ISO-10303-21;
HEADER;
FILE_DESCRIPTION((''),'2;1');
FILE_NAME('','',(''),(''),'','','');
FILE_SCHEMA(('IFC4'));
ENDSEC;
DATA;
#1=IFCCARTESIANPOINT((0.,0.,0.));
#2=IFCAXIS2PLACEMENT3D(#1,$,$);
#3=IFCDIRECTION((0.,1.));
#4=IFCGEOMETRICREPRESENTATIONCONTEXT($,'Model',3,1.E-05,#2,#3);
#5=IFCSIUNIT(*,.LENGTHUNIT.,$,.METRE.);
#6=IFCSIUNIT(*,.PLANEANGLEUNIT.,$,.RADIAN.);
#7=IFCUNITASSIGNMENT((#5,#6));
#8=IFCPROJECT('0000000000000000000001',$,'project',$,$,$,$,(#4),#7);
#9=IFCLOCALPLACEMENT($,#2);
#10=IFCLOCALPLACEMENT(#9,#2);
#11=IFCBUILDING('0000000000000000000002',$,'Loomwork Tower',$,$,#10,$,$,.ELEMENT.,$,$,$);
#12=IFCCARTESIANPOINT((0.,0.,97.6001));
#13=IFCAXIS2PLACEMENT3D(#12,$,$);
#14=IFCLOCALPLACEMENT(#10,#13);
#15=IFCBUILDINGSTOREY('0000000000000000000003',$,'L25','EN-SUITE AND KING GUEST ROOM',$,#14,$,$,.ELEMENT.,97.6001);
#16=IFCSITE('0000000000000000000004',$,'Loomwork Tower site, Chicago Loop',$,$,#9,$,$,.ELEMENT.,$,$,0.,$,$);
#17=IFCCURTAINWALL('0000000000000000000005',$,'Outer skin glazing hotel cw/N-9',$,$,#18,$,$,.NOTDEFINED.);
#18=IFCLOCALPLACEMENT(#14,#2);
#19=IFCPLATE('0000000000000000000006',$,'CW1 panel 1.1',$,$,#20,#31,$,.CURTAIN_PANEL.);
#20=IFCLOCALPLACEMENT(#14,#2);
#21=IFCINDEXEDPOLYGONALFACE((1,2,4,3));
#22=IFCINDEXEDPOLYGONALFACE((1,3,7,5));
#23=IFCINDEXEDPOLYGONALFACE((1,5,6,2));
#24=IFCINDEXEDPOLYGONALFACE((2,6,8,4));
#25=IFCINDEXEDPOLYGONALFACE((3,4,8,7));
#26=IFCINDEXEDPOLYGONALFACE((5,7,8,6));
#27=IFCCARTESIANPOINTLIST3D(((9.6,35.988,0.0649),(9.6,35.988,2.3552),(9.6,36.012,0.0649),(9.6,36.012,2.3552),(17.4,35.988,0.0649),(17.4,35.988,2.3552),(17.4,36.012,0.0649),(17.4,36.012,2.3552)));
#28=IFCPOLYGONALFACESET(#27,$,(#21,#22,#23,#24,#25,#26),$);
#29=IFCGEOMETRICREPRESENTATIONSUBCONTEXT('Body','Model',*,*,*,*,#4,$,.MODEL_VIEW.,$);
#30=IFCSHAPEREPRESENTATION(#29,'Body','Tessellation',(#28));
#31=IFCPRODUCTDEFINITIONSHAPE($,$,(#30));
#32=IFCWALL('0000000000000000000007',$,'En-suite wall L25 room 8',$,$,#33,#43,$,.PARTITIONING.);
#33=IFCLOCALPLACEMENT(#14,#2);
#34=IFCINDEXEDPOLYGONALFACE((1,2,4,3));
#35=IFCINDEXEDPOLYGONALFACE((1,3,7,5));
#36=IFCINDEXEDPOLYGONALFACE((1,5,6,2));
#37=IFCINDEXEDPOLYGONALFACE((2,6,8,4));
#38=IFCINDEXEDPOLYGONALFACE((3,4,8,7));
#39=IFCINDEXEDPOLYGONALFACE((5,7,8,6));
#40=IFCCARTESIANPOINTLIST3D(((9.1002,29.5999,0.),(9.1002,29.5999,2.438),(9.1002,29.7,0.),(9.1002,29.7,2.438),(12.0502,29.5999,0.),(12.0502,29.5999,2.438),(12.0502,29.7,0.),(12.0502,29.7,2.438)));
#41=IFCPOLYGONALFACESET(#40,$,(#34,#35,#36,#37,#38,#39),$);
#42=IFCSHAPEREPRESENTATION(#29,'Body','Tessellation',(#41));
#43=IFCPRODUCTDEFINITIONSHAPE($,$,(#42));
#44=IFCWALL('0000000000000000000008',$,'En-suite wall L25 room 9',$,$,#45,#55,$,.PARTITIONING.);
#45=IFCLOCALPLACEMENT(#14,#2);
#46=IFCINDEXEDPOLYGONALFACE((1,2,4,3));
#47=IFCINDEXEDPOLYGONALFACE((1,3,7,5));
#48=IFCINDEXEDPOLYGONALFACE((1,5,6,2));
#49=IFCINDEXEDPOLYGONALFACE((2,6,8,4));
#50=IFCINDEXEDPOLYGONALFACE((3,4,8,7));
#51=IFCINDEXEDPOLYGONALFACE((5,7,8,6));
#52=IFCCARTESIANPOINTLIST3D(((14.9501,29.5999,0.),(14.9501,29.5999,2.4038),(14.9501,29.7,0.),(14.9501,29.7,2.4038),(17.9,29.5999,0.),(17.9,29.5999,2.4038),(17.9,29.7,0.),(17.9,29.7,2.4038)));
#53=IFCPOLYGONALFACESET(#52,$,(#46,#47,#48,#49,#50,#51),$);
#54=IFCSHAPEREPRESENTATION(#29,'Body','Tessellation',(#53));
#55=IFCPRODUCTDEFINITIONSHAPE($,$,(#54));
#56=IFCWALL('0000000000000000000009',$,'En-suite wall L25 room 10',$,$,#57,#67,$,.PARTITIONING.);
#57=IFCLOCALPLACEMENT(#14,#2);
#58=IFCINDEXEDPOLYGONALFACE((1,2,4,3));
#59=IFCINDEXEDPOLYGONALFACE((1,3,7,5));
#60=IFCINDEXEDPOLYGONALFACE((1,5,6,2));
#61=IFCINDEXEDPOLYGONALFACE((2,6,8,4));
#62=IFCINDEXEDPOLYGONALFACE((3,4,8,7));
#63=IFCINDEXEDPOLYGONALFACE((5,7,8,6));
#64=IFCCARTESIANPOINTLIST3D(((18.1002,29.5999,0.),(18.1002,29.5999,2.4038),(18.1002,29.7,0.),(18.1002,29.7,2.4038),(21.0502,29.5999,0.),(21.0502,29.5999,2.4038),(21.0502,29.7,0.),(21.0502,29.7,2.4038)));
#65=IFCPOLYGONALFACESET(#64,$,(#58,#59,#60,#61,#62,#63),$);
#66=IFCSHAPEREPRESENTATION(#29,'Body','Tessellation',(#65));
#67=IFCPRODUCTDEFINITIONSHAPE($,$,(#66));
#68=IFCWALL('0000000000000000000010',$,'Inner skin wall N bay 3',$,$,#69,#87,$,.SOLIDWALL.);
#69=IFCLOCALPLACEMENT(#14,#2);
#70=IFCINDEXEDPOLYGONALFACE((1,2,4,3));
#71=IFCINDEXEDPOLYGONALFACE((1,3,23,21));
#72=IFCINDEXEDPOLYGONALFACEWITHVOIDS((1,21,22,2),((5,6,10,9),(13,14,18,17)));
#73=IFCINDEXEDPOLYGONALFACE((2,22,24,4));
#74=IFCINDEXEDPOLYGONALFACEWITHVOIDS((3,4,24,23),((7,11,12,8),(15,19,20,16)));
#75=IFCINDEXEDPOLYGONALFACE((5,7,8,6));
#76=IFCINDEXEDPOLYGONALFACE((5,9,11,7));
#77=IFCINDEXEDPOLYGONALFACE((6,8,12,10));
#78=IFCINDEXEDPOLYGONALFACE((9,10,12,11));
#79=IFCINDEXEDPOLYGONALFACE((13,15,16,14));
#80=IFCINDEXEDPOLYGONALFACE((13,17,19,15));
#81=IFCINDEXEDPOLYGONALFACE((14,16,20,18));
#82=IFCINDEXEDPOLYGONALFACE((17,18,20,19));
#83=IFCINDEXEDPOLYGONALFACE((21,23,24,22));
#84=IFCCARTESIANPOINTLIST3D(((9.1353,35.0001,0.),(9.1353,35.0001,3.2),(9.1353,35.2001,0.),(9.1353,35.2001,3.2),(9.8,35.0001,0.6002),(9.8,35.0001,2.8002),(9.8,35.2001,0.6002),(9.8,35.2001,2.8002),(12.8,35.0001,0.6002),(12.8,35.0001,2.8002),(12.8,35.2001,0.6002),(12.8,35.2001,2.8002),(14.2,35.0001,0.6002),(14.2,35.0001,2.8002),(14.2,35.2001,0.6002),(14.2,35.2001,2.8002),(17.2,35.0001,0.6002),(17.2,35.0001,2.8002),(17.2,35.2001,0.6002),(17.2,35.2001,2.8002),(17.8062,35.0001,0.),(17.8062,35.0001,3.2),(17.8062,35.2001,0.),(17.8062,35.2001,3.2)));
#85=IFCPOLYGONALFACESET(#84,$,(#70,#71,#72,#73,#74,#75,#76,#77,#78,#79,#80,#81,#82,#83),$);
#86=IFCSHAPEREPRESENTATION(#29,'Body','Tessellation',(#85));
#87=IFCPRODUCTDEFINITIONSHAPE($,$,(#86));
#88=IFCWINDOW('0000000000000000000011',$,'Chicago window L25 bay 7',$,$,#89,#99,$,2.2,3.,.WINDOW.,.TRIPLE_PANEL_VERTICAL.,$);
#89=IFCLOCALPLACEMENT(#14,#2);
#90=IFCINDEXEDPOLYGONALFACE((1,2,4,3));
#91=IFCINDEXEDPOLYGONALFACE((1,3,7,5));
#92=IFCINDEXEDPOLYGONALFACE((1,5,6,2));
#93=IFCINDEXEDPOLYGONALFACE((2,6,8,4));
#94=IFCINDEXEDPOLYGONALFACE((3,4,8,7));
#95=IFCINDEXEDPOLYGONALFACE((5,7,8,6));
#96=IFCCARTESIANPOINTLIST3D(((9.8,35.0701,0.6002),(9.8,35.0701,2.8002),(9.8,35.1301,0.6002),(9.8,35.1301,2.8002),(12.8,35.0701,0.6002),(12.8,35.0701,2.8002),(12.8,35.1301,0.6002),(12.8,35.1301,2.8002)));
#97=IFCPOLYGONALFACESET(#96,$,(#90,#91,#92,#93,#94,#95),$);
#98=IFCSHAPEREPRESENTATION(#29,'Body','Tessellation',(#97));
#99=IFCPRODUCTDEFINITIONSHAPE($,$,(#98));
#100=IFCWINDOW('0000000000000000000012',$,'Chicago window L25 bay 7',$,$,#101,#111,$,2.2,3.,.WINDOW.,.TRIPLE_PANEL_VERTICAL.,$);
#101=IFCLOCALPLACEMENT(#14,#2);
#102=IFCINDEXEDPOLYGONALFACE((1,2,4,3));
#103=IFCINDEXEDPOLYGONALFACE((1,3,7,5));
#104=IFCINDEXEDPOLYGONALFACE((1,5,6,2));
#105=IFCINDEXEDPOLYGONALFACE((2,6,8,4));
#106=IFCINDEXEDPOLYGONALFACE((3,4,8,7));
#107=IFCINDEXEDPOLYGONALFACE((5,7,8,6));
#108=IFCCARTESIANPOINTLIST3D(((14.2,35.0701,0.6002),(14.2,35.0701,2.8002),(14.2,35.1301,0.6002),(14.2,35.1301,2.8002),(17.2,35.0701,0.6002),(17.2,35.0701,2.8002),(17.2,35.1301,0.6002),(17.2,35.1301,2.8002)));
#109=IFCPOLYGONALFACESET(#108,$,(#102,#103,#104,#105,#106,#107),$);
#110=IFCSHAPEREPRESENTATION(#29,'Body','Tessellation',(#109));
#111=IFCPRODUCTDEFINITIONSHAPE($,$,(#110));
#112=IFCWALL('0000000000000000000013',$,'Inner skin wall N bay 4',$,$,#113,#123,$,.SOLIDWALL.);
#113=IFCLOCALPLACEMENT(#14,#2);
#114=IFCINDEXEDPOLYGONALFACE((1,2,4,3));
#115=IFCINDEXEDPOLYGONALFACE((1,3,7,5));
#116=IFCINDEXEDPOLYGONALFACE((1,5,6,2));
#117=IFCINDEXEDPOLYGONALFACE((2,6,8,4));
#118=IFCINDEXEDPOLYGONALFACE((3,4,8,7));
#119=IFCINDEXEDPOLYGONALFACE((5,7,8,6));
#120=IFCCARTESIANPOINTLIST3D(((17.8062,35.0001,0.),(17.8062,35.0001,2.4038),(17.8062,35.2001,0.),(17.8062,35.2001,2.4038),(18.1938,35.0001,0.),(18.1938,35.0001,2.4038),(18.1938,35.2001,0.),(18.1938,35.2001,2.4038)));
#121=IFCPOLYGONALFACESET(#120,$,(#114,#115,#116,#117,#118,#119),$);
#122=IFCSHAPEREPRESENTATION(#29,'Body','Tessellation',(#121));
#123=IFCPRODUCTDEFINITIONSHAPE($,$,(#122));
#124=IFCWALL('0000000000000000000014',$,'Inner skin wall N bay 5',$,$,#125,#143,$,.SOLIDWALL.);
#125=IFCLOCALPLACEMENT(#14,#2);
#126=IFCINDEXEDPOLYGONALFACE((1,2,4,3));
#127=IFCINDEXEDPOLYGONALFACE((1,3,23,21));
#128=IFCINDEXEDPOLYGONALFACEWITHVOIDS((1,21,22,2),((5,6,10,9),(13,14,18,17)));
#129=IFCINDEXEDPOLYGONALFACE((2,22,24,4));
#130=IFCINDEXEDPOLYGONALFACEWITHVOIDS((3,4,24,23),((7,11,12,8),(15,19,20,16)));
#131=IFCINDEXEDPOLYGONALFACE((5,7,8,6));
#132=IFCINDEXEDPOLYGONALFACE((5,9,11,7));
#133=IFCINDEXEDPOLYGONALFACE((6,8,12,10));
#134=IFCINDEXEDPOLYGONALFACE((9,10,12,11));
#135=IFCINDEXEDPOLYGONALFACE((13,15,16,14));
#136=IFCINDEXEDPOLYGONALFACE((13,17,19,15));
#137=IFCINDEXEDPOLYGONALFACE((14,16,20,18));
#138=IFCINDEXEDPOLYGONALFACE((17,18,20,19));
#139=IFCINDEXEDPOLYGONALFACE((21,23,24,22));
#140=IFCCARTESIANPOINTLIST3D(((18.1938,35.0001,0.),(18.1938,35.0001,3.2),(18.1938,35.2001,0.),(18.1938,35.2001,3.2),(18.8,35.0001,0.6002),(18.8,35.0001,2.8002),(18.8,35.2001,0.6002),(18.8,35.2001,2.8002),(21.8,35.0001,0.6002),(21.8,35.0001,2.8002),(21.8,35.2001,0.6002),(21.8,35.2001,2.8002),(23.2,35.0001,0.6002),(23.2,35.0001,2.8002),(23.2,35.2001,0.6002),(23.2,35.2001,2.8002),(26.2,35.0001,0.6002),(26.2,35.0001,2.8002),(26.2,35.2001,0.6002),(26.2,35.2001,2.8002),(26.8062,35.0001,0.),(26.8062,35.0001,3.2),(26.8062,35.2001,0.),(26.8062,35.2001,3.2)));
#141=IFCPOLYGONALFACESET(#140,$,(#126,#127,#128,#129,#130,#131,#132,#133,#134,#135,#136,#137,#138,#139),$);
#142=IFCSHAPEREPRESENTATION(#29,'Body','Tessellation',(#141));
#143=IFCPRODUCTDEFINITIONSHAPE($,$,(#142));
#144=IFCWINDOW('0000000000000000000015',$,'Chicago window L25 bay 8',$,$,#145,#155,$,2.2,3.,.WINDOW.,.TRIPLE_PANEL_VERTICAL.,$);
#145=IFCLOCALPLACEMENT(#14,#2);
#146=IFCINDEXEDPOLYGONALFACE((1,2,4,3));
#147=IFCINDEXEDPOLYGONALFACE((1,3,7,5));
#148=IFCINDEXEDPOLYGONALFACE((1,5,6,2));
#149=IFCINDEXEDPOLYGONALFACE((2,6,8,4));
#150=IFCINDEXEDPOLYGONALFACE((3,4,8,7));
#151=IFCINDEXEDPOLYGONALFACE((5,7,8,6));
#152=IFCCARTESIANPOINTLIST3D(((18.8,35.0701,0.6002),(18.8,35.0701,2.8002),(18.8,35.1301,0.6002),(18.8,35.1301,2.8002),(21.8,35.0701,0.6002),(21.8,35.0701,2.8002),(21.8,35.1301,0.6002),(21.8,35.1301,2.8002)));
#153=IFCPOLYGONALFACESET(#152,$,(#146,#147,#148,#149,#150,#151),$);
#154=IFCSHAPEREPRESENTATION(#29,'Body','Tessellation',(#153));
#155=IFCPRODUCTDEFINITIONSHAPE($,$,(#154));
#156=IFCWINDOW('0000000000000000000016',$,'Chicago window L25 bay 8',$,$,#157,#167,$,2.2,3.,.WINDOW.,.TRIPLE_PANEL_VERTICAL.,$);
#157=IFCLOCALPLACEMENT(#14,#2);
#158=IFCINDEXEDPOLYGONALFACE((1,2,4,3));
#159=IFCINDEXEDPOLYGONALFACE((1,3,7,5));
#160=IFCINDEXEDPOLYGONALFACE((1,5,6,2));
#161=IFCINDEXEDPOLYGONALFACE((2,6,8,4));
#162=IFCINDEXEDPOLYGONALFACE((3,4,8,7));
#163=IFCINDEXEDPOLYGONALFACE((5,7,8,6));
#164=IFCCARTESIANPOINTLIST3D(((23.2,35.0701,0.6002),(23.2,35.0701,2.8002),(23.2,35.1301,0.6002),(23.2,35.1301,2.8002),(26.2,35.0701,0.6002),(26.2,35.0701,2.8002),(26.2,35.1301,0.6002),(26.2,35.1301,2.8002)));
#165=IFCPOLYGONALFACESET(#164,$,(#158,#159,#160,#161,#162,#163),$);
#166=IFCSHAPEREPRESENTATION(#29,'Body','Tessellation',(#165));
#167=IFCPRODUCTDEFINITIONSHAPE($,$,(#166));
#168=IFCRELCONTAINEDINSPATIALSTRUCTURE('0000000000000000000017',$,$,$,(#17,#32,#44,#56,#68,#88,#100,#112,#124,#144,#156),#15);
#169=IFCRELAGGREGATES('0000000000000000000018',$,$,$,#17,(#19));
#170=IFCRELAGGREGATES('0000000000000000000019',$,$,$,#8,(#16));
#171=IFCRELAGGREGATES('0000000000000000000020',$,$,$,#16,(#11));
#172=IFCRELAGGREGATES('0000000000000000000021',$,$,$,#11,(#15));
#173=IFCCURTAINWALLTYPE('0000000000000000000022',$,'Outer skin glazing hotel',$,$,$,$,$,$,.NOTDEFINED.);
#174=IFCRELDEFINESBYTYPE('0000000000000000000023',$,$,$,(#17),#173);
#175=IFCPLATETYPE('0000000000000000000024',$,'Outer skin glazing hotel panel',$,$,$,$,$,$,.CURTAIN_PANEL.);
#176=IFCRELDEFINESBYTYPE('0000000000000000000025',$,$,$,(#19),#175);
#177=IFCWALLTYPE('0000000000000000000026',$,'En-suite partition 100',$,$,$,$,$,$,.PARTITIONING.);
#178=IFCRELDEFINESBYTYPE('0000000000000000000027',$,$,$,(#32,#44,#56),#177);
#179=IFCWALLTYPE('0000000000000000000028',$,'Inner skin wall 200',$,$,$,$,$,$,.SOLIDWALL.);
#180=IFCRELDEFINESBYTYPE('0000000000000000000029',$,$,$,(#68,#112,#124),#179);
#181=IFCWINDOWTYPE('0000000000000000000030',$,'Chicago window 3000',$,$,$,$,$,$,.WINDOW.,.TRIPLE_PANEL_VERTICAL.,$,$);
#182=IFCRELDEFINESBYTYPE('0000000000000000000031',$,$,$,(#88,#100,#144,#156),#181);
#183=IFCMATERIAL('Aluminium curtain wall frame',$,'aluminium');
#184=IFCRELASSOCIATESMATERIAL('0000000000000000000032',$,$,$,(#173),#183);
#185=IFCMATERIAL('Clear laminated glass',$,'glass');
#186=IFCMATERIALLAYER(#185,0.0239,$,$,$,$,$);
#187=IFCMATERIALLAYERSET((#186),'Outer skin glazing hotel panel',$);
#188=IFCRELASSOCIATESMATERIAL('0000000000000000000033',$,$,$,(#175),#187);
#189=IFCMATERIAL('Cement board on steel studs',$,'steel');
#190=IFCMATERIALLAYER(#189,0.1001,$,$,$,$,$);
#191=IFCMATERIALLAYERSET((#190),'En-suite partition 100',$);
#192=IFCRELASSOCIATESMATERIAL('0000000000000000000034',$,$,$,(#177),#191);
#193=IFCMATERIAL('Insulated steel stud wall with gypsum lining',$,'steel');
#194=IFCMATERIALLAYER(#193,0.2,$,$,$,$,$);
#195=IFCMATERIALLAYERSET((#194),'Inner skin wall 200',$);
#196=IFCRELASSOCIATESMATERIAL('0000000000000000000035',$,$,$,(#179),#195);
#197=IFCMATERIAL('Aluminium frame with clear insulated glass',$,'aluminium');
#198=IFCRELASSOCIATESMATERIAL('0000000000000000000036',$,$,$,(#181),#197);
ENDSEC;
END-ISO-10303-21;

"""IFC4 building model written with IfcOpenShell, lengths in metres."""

from ifc_helpers import new_model, si_unit, direction, frame, frame_2d, origin, origin_2d, place, context, subcontext, project, spatial, rectangle, extrude, material, layer, layer_set, type_object, element, fill, aggregate, save


model = new_model("IFC4")

# Units and contexts
model_context = context("Model", 3, precision=1e-05, world=origin(), true_north=direction((0.0, 1.0)))
body_context = subcontext(model_context, "Body", "Model", "MODEL_VIEW")
ifc_project = project(units=[si_unit("LENGTHUNIT", "METRE"), si_unit("PLANEANGLEUNIT", "RADIAN")], contexts=[model_context])

# Site, building, storey
site_placement = place(None, origin())
site = spatial("IfcSite", under=ifc_project, at=site_placement, Name="Loomwork Tower site, Chicago Loop", CompositionType="ELEMENT", RefElevation=0.0)
building_placement = place(site_placement, origin())
building = spatial("IfcBuilding", under=site, at=building_placement, Name="Loomwork Tower", CompositionType="ELEMENT")
storey_placement = place(building_placement, frame((0.0, 0.0, 97.6001)))
storey = spatial("IfcBuildingStorey", under=building, at=storey_placement, Name="L25", Description="EN-SUITE AND KING GUEST ROOM", CompositionType="ELEMENT", Elevation=97.6001)

# Curtain wall
ifc_material_1 = material(Name="Aluminium curtain wall frame", Category="aluminium")
curtain_wall_type = type_object("IfcCurtainWallType", Name="Outer skin glazing hotel", PredefinedType="NOTDEFINED", material=ifc_material_1)
curtain_wall_1_placement = place(storey_placement, origin())
curtain_wall_1 = element("IfcCurtainWall", 1, at=curtain_wall_1_placement, inside=storey, type_object=curtain_wall_type, Name="Outer skin glazing hotel cw/N-9", PredefinedType="NOTDEFINED")

# Plate
ifc_material_2 = material(Name="Clear laminated glass", Category="glass")
ifc_layer_1 = layer(ifc_material_2, 0.0239)
ifc_layer_set_1 = layer_set([ifc_layer_1], Name="Outer skin glazing hotel panel")
plate_type = type_object("IfcPlateType", Name="Outer skin glazing hotel panel", PredefinedType="CURTAIN_PANEL", material=ifc_layer_set_1)
plate_placement = place(storey_placement, frame((13.5, 36.0, 0.0649), z_axis=(0.0, 0.0, 1.0), x_axis=(-1.0, 0.0, 0.0)))
plate = element("IfcPlate", 2, at=plate_placement, type_object=plate_type, Name="CW1 panel 1.1", PredefinedType="CURTAIN_PANEL", context=body_context, shape_type="SweptSolid", body=[
    extrude(rectangle(XDim=7.8, YDim=0.0239, at=origin_2d()), origin(), (0.0, 0.0, 1.0), 2.2903),
])
aggregate(curtain_wall_1, [plate])

# Walls
ifc_material_3 = material(Name="Cement board on steel studs", Category="steel")
ifc_layer_2 = layer(ifc_material_3, 0.1001)
ifc_layer_set_2 = layer_set([ifc_layer_2], Name="En-suite partition 100")
wall_type_1 = type_object("IfcWallType", Name="En-suite partition 100", PredefinedType="PARTITIONING", material=ifc_layer_set_2)
wall_1_placement = place(storey_placement, frame((9.1001, 29.6499, 0.0), z_axis=(0.0, 0.0, 1.0), x_axis=(1.0, 0.0, 0.0)))
element("IfcWall", 3, at=wall_1_placement, inside=storey, type_object=wall_type_1, Name="En-suite wall L25 room 8", PredefinedType="PARTITIONING", context=body_context, shape_type="SweptSolid", body=[
    extrude(rectangle(XDim=2.95, YDim=0.1001, at=frame_2d((1.4751, 0.0))), origin(), (0.0, 0.0, 1.0), 2.438),
])
for number, where, z_axis, x_axis, name in (
    (4, (14.95, 29.6499, 0.0), (0.0, 0.0, 1.0), (1.0, 0.0, 0.0), "En-suite wall L25 room 9"),
    (5, (18.1001, 29.6499, 0.0), (0.0, 0.0, 1.0), (1.0, 0.0, 0.0), "En-suite wall L25 room 10"),
):
    element("IfcWall", number, at=place(storey_placement, frame(where, z_axis=z_axis, x_axis=x_axis)), inside=storey, type_object=wall_type_1, Name=name, PredefinedType="PARTITIONING", context=body_context, shape_type="SweptSolid", body=[
        extrude(rectangle(XDim=2.95, YDim=0.1001, at=frame_2d((1.4751, 0.0))), origin(), (0.0, 0.0, 1.0), 2.4038),
    ])

# Wall, openings, windows
ifc_material_4 = material(Name="Insulated steel stud wall with gypsum lining", Category="steel")
ifc_layer_3 = layer(ifc_material_4, 0.2)
ifc_layer_set_3 = layer_set([ifc_layer_3], Name="Inner skin wall 200")
wall_type_2 = type_object("IfcWallType", Name="Inner skin wall 200", PredefinedType="SOLIDWALL", material=ifc_layer_set_3)
wall_2_placement = place(storey_placement, frame((9.1353, 35.1001, 0.0), z_axis=(0.0, 0.0, 1.0), x_axis=(1.0, 0.0, 0.0)))
wall_2 = element("IfcWall", 6, at=wall_2_placement, inside=storey, type_object=wall_type_2, Name="Inner skin wall N bay 3", PredefinedType="SOLIDWALL", context=body_context, shape_type="SweptSolid", body=[
    extrude(rectangle(XDim=8.6709, YDim=0.2, at=frame_2d((4.3354, 0.0))), origin(), (0.0, 0.0, 1.0), 3.2),
])
opening_1_placement = place(wall_2_placement, frame((0.6648, 0.0, 0.6001)))
opening_1 = element("IfcOpeningElement", 7, at=opening_1_placement, cuts=wall_2, PredefinedType="OPENING", context=body_context, shape_type="SweptSolid", body=[
    extrude(rectangle(XDim=3.0, YDim=2.2, at=frame_2d((1.5, 1.1001))), frame((0.0, 0.1099, 0.0), z_axis=(0.0, -1.0, 0.0), x_axis=(1.0, 0.0, 0.0)), (0.0, 0.0, 1.0), 0.22),
])
opening_2_placement = place(wall_2_placement, frame((5.0647, 0.0, 0.6001)))
opening_2 = element("IfcOpeningElement", 8, at=opening_2_placement, cuts=wall_2, PredefinedType="OPENING", context=body_context, shape_type="SweptSolid", body=[
    extrude(rectangle(XDim=3.0, YDim=2.2, at=frame_2d((1.5, 1.1001))), frame((0.0, 0.1099, 0.0), z_axis=(0.0, -1.0, 0.0), x_axis=(1.0, 0.0, 0.0)), (0.0, 0.0, 1.0), 0.22),
])
ifc_material_5 = material(Name="Aluminium frame with clear insulated glass", Category="aluminium")
window_type = type_object("IfcWindowType", Name="Chicago window 3000", PartitioningType="TRIPLE_PANEL_VERTICAL", PredefinedType="WINDOW", material=ifc_material_5)
window_1_placement = place(opening_1_placement, origin())
window_1 = element("IfcWindow", 9, at=window_1_placement, inside=storey, type_object=window_type, Name="Chicago window L25 bay 7", OverallHeight=2.2, OverallWidth=3.0, PartitioningType="TRIPLE_PANEL_VERTICAL", PredefinedType="WINDOW", context=body_context, shape_type="SweptSolid", body=[
    extrude(rectangle(XDim=3.0, YDim=2.2, at=frame_2d((1.5, 1.1001))), frame((0.0, 0.03, 0.0), z_axis=(0.0, -1.0, 0.0), x_axis=(1.0, 0.0, 0.0)), (0.0, 0.0, 1.0), 0.0601),
])
fill(opening_1, window_1)
window_2_placement = place(opening_2_placement, origin())
window_2 = element("IfcWindow", 10, at=window_2_placement, inside=storey, type_object=window_type, Name="Chicago window L25 bay 7", OverallHeight=2.2, OverallWidth=3.0, PartitioningType="TRIPLE_PANEL_VERTICAL", PredefinedType="WINDOW", context=body_context, shape_type="SweptSolid", body=[
    extrude(rectangle(XDim=3.0, YDim=2.2, at=frame_2d((1.5, 1.1001))), frame((0.0, 0.03, 0.0), z_axis=(0.0, -1.0, 0.0), x_axis=(1.0, 0.0, 0.0)), (0.0, 0.0, 1.0), 0.0601),
])
fill(opening_2, window_2)

# Wall
wall_3_placement = place(storey_placement, frame((17.8062, 35.1001, 0.0), z_axis=(0.0, 0.0, 1.0), x_axis=(1.0, 0.0, 0.0)))
element("IfcWall", 11, at=wall_3_placement, inside=storey, type_object=wall_type_2, Name="Inner skin wall N bay 4", PredefinedType="SOLIDWALL", context=body_context, shape_type="SweptSolid", body=[
    extrude(rectangle(XDim=0.3877, YDim=0.2, at=frame_2d((0.1938, 0.0))), origin(), (0.0, 0.0, 1.0), 2.4038),
])

# Wall, openings, windows
wall_4_placement = place(storey_placement, frame((18.1938, 35.1001, 0.0), z_axis=(0.0, 0.0, 1.0), x_axis=(1.0, 0.0, 0.0)))
wall_4 = element("IfcWall", 12, at=wall_4_placement, inside=storey, type_object=wall_type_2, Name="Inner skin wall N bay 5", PredefinedType="SOLIDWALL", context=body_context, shape_type="SweptSolid", body=[
    extrude(rectangle(XDim=8.6123, YDim=0.2, at=frame_2d((4.3062, 0.0))), origin(), (0.0, 0.0, 1.0), 3.2),
])
opening_3_placement = place(wall_4_placement, frame((0.6062, 0.0, 0.6001)))
opening_3 = element("IfcOpeningElement", 13, at=opening_3_placement, cuts=wall_4, PredefinedType="OPENING", context=body_context, shape_type="SweptSolid", body=[
    extrude(rectangle(XDim=3.0, YDim=2.2, at=frame_2d((1.5, 1.1001))), frame((0.0, 0.1099, 0.0), z_axis=(0.0, -1.0, 0.0), x_axis=(1.0, 0.0, 0.0)), (0.0, 0.0, 1.0), 0.22),
])
opening_4_placement = place(wall_4_placement, frame((5.0061, 0.0, 0.6001)))
opening_4 = element("IfcOpeningElement", 14, at=opening_4_placement, cuts=wall_4, PredefinedType="OPENING", context=body_context, shape_type="SweptSolid", body=[
    extrude(rectangle(XDim=3.0, YDim=2.2, at=frame_2d((1.5, 1.1001))), frame((0.0, 0.1099, 0.0), z_axis=(0.0, -1.0, 0.0), x_axis=(1.0, 0.0, 0.0)), (0.0, 0.0, 1.0), 0.22),
])
window_3_placement = place(opening_3_placement, origin())
window_3 = element("IfcWindow", 15, at=window_3_placement, inside=storey, type_object=window_type, Name="Chicago window L25 bay 8", OverallHeight=2.2, OverallWidth=3.0, PartitioningType="TRIPLE_PANEL_VERTICAL", PredefinedType="WINDOW", context=body_context, shape_type="SweptSolid", body=[
    extrude(rectangle(XDim=3.0, YDim=2.2, at=frame_2d((1.5, 1.1001))), frame((0.0, 0.03, 0.0), z_axis=(0.0, -1.0, 0.0), x_axis=(1.0, 0.0, 0.0)), (0.0, 0.0, 1.0), 0.0601),
])
fill(opening_3, window_3)
window_4_placement = place(opening_4_placement, origin())
window_4 = element("IfcWindow", 16, at=window_4_placement, inside=storey, type_object=window_type, Name="Chicago window L25 bay 8", OverallHeight=2.2, OverallWidth=3.0, PartitioningType="TRIPLE_PANEL_VERTICAL", PredefinedType="WINDOW", context=body_context, shape_type="SweptSolid", body=[
    extrude(rectangle(XDim=3.0, YDim=2.2, at=frame_2d((1.5, 1.1001))), frame((0.0, 0.03, 0.0), z_axis=(0.0, -1.0, 0.0), x_axis=(1.0, 0.0, 0.0)), (0.0, 0.0, 1.0), 0.0601),
])
fill(opening_4, window_4)

save(model, "model.ifc")
